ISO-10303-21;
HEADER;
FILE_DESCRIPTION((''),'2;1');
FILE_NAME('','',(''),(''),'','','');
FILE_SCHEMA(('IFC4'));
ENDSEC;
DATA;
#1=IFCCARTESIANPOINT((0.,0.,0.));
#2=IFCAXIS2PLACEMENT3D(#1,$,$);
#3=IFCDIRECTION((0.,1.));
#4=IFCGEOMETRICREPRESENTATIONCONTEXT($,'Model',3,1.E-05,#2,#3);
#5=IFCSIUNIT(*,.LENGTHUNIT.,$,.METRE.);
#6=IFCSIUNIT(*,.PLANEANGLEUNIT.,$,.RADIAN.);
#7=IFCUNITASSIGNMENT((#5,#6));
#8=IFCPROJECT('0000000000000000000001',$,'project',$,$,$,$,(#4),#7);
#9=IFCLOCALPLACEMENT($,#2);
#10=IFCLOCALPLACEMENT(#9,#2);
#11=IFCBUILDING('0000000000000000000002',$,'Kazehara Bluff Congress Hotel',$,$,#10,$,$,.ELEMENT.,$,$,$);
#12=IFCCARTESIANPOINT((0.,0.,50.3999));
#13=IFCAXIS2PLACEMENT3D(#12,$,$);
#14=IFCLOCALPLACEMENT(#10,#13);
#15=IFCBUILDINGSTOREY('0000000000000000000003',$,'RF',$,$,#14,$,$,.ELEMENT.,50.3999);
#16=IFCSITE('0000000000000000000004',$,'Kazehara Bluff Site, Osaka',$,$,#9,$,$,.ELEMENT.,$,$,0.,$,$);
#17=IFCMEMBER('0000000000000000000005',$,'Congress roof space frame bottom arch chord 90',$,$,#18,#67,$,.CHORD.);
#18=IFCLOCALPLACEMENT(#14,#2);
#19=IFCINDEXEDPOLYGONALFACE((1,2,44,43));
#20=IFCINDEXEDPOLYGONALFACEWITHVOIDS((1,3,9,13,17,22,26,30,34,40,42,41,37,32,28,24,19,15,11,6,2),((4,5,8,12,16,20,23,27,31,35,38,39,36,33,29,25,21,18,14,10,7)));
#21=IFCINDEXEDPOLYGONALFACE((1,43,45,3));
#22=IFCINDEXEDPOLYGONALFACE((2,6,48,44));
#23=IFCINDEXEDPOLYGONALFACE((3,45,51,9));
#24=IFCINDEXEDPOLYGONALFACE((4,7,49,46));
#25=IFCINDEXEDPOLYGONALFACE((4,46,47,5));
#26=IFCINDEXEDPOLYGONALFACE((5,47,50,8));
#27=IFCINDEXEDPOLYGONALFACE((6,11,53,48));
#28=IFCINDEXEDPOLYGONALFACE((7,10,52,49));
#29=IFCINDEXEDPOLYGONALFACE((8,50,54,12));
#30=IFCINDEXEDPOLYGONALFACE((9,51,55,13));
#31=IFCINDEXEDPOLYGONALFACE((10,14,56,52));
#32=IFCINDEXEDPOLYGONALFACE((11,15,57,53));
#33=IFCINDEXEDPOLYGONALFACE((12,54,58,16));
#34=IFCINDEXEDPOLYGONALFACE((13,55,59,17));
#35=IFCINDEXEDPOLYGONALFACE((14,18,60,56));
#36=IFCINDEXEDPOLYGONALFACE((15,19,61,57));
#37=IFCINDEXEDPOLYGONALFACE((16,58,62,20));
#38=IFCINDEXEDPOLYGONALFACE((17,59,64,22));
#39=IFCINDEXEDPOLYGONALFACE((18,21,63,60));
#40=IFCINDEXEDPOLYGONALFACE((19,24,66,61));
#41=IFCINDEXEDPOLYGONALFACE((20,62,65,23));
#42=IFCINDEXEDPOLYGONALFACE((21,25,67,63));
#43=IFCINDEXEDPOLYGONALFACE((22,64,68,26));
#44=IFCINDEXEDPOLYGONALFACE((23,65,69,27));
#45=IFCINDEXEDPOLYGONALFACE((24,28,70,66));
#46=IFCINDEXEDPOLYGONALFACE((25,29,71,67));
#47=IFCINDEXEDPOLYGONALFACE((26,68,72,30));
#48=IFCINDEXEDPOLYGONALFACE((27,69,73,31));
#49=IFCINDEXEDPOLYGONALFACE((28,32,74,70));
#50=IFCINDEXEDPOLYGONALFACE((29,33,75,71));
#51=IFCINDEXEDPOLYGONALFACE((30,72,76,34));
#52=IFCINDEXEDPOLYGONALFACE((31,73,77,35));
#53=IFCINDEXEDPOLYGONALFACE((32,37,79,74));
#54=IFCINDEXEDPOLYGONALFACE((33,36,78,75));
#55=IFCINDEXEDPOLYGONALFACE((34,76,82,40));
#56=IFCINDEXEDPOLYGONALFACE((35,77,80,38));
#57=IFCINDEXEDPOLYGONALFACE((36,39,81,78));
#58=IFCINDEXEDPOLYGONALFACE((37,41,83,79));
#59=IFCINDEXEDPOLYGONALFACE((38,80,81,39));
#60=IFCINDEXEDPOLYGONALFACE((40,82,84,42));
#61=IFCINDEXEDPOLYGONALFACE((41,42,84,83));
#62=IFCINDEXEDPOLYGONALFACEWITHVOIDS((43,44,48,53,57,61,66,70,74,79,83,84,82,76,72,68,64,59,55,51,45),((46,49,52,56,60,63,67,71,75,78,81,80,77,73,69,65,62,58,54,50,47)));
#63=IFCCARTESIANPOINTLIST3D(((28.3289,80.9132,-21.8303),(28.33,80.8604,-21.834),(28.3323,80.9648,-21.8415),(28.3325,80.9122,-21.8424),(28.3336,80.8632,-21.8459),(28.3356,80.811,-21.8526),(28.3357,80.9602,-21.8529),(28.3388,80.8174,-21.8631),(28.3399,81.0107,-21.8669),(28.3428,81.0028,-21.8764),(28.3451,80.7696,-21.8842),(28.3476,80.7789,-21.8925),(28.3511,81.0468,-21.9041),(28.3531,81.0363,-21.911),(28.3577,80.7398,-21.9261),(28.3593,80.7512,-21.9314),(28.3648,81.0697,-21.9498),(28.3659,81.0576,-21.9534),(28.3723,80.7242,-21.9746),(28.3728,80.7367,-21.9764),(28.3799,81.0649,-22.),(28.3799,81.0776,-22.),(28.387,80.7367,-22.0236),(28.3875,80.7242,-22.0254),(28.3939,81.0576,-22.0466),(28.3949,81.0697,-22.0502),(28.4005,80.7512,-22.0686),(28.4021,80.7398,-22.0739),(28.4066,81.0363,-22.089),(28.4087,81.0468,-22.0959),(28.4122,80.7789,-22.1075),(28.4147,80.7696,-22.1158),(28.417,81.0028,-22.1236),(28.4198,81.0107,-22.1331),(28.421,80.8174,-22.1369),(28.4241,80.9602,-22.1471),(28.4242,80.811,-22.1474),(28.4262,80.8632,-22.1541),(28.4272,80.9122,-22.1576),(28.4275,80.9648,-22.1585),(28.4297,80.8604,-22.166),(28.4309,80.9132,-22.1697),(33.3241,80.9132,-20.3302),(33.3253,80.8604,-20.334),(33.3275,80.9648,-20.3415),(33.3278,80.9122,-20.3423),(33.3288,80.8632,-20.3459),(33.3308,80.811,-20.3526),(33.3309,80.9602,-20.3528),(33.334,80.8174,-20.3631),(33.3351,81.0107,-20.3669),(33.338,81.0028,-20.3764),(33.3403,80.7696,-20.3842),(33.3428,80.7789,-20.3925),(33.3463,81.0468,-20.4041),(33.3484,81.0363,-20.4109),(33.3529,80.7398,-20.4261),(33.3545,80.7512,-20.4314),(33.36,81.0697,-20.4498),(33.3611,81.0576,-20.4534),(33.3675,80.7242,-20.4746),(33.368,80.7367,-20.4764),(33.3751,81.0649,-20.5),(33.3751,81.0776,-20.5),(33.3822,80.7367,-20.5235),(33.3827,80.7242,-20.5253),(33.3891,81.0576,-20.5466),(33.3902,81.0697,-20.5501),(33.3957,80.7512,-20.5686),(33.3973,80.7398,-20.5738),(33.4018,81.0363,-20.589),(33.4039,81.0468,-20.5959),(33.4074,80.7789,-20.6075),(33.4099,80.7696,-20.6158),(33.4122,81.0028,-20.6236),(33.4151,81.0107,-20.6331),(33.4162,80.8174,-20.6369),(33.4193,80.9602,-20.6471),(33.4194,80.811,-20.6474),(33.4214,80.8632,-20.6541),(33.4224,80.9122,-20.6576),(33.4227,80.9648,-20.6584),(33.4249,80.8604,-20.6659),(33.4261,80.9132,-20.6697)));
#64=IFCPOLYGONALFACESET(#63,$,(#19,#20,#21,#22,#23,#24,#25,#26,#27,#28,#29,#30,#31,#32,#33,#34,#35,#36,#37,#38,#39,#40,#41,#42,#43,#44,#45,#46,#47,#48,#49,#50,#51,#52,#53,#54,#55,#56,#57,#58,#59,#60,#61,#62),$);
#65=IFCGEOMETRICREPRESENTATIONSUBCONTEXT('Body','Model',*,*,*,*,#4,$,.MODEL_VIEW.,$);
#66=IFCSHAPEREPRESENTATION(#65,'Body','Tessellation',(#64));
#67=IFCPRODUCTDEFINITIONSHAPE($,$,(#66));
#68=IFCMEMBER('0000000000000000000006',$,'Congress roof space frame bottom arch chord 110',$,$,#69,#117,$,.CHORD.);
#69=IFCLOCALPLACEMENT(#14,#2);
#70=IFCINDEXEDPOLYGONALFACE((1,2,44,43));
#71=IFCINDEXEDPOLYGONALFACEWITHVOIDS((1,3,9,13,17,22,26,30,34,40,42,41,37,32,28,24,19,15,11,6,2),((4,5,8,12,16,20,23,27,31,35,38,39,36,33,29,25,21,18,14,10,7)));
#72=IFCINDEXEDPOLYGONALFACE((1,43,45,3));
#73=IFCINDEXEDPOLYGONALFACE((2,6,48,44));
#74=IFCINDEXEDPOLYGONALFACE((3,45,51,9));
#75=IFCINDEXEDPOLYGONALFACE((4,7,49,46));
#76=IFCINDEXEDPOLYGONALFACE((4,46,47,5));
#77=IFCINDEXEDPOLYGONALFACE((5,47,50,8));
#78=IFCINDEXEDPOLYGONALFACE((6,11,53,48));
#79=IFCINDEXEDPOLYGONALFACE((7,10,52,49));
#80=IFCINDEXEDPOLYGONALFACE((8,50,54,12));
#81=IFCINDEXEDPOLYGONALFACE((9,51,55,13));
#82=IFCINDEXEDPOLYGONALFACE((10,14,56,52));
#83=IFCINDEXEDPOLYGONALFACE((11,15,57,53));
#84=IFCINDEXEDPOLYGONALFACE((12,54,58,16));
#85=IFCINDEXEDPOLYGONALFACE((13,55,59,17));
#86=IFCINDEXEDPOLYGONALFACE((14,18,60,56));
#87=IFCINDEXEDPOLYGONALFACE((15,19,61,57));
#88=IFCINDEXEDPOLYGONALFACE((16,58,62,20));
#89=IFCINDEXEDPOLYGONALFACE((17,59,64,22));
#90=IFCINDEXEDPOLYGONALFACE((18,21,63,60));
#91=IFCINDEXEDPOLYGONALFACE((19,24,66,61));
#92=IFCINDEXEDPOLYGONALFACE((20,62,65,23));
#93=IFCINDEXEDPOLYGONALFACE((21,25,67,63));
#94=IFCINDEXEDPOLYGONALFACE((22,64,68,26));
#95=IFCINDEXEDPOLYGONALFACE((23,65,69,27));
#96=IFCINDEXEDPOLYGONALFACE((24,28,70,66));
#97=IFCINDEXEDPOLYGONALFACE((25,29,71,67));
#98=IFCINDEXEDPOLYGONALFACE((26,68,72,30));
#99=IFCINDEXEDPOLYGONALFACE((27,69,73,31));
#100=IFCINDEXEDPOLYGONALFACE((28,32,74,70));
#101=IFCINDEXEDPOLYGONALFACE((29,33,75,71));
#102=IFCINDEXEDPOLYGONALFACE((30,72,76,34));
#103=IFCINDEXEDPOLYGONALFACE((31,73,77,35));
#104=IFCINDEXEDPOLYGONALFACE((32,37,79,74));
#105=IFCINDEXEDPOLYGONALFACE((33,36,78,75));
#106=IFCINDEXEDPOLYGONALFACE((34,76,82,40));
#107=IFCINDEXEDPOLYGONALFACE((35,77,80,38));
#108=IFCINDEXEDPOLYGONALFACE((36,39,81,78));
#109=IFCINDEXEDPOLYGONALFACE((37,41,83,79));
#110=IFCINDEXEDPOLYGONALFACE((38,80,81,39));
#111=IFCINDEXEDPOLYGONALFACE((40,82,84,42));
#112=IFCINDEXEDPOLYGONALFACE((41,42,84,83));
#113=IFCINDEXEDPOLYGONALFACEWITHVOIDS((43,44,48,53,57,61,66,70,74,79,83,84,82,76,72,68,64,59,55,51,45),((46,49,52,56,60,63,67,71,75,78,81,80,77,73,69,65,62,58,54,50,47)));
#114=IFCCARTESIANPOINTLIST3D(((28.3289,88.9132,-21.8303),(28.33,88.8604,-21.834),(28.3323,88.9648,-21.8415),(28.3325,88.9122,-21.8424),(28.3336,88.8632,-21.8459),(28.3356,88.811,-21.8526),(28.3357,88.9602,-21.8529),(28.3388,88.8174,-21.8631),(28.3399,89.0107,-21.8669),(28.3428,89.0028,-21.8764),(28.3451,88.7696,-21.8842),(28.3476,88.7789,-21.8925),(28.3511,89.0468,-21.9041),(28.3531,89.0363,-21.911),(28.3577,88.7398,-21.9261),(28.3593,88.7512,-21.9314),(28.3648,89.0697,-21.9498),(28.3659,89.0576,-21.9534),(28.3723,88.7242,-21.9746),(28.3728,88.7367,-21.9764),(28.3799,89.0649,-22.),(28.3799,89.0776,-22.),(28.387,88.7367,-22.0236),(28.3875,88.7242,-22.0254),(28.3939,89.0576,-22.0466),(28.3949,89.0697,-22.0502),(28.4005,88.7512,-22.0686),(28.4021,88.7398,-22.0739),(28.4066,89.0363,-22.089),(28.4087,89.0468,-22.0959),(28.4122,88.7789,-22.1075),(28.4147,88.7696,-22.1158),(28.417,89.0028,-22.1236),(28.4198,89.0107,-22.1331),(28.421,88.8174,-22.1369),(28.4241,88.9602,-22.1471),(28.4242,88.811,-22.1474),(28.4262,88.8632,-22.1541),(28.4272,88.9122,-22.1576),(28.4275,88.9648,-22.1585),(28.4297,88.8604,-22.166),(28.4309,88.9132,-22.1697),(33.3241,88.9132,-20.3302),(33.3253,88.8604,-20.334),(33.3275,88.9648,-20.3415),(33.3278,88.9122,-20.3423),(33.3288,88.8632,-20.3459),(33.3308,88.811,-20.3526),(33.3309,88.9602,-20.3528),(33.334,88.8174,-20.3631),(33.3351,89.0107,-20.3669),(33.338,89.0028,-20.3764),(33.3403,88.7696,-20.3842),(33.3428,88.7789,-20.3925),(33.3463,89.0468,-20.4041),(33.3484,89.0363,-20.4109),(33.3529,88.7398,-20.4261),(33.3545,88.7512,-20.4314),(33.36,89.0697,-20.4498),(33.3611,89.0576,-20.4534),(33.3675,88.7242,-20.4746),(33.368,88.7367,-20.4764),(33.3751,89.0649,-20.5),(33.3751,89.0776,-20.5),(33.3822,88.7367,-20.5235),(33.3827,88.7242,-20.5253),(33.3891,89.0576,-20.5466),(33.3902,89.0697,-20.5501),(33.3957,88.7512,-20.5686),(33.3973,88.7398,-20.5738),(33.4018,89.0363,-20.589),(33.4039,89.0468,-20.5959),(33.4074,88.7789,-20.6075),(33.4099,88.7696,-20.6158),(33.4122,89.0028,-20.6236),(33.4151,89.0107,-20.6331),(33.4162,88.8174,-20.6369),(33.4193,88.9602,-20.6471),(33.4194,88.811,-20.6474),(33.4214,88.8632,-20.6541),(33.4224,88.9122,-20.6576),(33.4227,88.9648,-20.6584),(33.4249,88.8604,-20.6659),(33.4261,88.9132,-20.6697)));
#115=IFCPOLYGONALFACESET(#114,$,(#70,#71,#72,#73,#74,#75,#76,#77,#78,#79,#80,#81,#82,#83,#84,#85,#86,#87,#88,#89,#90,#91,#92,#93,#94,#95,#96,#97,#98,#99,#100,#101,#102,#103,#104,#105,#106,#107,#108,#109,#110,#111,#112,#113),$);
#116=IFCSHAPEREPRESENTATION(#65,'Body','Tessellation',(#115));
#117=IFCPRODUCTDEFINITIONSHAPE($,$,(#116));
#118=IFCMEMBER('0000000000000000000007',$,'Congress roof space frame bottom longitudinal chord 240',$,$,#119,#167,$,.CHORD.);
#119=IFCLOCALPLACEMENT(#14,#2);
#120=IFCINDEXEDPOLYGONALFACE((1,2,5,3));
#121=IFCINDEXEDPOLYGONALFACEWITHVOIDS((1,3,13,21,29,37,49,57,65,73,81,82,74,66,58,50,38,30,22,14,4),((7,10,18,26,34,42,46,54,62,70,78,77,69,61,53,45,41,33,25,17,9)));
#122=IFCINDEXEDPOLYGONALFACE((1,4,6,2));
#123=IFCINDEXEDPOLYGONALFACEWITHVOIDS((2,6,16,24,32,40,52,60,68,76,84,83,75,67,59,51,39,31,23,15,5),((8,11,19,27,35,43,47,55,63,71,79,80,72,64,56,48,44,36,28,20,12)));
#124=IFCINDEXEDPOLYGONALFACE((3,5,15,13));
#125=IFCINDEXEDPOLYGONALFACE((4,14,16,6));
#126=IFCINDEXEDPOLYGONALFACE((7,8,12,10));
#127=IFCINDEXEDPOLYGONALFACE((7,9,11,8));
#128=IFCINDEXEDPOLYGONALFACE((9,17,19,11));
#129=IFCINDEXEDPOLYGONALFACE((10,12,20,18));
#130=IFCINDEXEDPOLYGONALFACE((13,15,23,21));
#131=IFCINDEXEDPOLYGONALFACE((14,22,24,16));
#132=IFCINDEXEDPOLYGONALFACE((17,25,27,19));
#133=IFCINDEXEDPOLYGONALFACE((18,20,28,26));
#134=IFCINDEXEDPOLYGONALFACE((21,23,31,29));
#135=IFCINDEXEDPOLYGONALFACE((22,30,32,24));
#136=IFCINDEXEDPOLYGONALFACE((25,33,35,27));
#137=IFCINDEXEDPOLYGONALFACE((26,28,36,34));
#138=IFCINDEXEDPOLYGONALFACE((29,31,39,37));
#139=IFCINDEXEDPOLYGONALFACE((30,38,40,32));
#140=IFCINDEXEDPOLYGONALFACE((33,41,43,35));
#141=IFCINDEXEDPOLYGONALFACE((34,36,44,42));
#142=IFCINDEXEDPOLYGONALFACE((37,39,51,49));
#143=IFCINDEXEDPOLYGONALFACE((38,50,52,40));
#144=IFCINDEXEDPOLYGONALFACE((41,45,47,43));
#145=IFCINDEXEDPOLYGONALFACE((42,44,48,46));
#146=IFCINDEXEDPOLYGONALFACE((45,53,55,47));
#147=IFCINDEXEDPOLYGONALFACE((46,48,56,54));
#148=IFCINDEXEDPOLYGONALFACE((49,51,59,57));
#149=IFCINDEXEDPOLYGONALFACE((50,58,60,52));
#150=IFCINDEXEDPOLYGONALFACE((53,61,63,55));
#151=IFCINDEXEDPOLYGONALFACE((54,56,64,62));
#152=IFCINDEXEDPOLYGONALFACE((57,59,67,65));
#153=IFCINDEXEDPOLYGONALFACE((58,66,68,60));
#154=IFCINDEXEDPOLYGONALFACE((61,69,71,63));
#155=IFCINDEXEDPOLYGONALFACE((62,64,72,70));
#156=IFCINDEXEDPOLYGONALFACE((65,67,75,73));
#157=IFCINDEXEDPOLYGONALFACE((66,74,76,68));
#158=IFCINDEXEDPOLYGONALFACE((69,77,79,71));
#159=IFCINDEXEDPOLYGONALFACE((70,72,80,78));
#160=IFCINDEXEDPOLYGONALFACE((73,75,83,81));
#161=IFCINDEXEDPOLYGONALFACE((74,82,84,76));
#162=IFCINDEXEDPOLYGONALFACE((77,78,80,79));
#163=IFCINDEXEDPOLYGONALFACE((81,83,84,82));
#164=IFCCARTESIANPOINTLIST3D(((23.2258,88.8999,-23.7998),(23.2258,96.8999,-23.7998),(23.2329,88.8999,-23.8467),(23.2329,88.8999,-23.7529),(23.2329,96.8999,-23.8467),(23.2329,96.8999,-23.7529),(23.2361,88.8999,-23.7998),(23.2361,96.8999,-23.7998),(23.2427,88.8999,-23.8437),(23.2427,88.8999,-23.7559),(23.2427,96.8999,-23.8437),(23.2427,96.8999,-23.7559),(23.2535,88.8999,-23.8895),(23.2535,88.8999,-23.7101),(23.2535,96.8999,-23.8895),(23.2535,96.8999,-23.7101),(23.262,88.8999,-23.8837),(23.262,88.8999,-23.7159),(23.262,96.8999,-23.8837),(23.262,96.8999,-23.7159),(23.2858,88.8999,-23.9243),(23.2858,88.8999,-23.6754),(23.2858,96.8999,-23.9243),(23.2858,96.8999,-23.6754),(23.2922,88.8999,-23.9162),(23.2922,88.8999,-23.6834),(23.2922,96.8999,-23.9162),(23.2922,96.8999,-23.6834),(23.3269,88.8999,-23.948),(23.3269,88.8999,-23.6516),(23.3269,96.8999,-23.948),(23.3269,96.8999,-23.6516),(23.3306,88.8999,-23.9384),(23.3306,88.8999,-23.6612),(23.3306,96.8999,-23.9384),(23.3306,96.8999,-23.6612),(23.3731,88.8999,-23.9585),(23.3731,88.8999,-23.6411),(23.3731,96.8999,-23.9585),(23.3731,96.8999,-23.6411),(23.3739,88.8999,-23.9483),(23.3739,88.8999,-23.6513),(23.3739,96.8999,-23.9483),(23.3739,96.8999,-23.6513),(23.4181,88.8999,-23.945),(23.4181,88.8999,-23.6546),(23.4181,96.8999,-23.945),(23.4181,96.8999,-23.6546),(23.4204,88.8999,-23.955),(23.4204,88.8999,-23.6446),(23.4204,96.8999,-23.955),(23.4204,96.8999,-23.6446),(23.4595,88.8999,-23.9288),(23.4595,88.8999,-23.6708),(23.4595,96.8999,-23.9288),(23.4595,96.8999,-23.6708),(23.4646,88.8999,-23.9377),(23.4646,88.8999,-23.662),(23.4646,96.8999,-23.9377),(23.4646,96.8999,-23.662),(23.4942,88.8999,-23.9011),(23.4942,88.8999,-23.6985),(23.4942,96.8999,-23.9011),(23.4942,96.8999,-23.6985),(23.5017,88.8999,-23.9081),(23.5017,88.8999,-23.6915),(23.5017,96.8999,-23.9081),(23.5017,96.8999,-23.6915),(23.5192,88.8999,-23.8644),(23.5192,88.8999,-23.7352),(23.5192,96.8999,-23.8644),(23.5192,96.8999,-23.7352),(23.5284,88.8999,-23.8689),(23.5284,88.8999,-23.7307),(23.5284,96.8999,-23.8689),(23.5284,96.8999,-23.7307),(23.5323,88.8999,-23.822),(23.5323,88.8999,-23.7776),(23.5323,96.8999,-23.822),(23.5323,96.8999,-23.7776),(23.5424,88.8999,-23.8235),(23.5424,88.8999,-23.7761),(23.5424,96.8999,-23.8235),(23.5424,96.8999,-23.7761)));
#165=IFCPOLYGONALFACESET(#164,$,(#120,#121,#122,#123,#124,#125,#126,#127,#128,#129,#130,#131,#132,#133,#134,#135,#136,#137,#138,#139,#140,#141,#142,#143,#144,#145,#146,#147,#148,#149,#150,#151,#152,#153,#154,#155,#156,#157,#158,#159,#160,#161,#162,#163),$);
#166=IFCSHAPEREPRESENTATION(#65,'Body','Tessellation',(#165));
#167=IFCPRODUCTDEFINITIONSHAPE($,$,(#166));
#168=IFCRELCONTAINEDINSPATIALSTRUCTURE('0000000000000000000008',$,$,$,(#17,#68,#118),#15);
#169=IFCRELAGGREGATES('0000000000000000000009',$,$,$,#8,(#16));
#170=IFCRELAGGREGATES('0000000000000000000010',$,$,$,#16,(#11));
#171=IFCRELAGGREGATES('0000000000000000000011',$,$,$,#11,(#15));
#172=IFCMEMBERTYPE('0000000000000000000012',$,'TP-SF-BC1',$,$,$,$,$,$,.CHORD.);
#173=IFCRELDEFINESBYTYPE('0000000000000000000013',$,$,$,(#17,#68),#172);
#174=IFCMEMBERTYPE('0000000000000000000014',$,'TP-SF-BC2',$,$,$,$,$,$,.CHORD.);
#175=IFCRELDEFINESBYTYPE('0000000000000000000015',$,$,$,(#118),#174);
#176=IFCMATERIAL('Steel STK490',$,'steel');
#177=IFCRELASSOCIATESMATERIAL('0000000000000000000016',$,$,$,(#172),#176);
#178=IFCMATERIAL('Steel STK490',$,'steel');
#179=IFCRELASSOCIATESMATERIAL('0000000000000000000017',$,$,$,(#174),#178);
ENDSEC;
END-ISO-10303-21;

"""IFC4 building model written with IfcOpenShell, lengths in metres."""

from ifc_helpers import new_model, si_unit, direction, frame, origin, origin_2d, place, context, subcontext, project, spatial, hollow_circle, extrude, material, material_profile, profile_set, type_object, element, save


model = new_model("IFC4")

# Units and contexts
model_context = context("Model", 3, precision=1e-05, world=origin(), true_north=direction((0.0, 1.0)))
body_context = subcontext(model_context, "Body", "Model", "MODEL_VIEW")
ifc_project = project(units=[si_unit("LENGTHUNIT", "METRE"), si_unit("PLANEANGLEUNIT", "RADIAN")], contexts=[model_context])

# Site, building, storey
site_placement = place(None, origin())
site = spatial("IfcSite", under=ifc_project, at=site_placement, Name="Kazehara Bluff Site, Osaka", CompositionType="ELEMENT", RefElevation=0.0)
building_placement = place(site_placement, origin())
building = spatial("IfcBuilding", under=site, at=building_placement, Name="Kazehara Bluff Congress Hotel", CompositionType="ELEMENT")
storey_placement = place(building_placement, frame((0.0, 0.0, 50.3999)))
storey = spatial("IfcBuildingStorey", under=building, at=storey_placement, Name="RF", CompositionType="ELEMENT", Elevation=50.3999)

# Members
ifc_material_1 = material(Name="Steel STK490", Category="steel")
ifc_material_profile_1 = material_profile(ifc_material_1, hollow_circle(Radius=0.1777, WallThickness=0.0127, at=origin_2d()))
ifc_profile_set_1 = profile_set([ifc_material_profile_1], Name="Steel STK490")
member_type_1 = type_object("IfcMemberType", Name="TP-SF-BC1", PredefinedType="CHORD", material=ifc_profile_set_1)
for number, where, z_axis, x_axis, name in (
    (1, (28.3799, 80.8999, -22.0), (0.957749, 0.0, 0.287606), (0.0, 1.0, 0.0), "Congress roof space frame bottom arch chord 90"),
    (2, (28.3799, 88.8999, -22.0), (0.957749, 0.0, 0.287606), (0.0, 1.0, 0.0), "Congress roof space frame bottom arch chord 110"),
):
    element("IfcMember", number, at=place(storey_placement, frame(where, z_axis=z_axis, x_axis=x_axis)), inside=storey, type_object=member_type_1, Name=name, PredefinedType="CHORD", context=body_context, shape_type="SweptSolid", body=[
        extrude(hollow_circle(Radius=0.1777, WallThickness=0.0127, at=origin_2d()), origin(), (0.0, 0.0, 1.0), 5.2156),
    ])
ifc_material_2 = material(Name="Steel STK490", Category="steel")
ifc_material_profile_2 = material_profile(ifc_material_2, hollow_circle(Radius=0.1592, WallThickness=0.0103, at=origin_2d()))
ifc_profile_set_2 = profile_set([ifc_material_profile_2], Name="Steel STK490")
member_type_2 = type_object("IfcMemberType", Name="TP-SF-BC2", PredefinedType="CHORD", material=ifc_profile_set_2)
for number, where, z_axis, x_axis, name in (
    (3, (23.385, 88.8999, -23.7998), (0.0, 1.0, 0.0), (-1.0, 0.0, 0.0), "Congress roof space frame bottom longitudinal chord 240"),
):
    element("IfcMember", number, at=place(storey_placement, frame(where, z_axis=z_axis, x_axis=x_axis)), inside=storey, type_object=member_type_2, Name=name, PredefinedType="CHORD", context=body_context, shape_type="SweptSolid", body=[
        extrude(hollow_circle(Radius=0.1592, WallThickness=0.0103, at=origin_2d()), origin(), (0.0, 0.0, 1.0), 8.0),
    ])

save(model, "model.ifc")
